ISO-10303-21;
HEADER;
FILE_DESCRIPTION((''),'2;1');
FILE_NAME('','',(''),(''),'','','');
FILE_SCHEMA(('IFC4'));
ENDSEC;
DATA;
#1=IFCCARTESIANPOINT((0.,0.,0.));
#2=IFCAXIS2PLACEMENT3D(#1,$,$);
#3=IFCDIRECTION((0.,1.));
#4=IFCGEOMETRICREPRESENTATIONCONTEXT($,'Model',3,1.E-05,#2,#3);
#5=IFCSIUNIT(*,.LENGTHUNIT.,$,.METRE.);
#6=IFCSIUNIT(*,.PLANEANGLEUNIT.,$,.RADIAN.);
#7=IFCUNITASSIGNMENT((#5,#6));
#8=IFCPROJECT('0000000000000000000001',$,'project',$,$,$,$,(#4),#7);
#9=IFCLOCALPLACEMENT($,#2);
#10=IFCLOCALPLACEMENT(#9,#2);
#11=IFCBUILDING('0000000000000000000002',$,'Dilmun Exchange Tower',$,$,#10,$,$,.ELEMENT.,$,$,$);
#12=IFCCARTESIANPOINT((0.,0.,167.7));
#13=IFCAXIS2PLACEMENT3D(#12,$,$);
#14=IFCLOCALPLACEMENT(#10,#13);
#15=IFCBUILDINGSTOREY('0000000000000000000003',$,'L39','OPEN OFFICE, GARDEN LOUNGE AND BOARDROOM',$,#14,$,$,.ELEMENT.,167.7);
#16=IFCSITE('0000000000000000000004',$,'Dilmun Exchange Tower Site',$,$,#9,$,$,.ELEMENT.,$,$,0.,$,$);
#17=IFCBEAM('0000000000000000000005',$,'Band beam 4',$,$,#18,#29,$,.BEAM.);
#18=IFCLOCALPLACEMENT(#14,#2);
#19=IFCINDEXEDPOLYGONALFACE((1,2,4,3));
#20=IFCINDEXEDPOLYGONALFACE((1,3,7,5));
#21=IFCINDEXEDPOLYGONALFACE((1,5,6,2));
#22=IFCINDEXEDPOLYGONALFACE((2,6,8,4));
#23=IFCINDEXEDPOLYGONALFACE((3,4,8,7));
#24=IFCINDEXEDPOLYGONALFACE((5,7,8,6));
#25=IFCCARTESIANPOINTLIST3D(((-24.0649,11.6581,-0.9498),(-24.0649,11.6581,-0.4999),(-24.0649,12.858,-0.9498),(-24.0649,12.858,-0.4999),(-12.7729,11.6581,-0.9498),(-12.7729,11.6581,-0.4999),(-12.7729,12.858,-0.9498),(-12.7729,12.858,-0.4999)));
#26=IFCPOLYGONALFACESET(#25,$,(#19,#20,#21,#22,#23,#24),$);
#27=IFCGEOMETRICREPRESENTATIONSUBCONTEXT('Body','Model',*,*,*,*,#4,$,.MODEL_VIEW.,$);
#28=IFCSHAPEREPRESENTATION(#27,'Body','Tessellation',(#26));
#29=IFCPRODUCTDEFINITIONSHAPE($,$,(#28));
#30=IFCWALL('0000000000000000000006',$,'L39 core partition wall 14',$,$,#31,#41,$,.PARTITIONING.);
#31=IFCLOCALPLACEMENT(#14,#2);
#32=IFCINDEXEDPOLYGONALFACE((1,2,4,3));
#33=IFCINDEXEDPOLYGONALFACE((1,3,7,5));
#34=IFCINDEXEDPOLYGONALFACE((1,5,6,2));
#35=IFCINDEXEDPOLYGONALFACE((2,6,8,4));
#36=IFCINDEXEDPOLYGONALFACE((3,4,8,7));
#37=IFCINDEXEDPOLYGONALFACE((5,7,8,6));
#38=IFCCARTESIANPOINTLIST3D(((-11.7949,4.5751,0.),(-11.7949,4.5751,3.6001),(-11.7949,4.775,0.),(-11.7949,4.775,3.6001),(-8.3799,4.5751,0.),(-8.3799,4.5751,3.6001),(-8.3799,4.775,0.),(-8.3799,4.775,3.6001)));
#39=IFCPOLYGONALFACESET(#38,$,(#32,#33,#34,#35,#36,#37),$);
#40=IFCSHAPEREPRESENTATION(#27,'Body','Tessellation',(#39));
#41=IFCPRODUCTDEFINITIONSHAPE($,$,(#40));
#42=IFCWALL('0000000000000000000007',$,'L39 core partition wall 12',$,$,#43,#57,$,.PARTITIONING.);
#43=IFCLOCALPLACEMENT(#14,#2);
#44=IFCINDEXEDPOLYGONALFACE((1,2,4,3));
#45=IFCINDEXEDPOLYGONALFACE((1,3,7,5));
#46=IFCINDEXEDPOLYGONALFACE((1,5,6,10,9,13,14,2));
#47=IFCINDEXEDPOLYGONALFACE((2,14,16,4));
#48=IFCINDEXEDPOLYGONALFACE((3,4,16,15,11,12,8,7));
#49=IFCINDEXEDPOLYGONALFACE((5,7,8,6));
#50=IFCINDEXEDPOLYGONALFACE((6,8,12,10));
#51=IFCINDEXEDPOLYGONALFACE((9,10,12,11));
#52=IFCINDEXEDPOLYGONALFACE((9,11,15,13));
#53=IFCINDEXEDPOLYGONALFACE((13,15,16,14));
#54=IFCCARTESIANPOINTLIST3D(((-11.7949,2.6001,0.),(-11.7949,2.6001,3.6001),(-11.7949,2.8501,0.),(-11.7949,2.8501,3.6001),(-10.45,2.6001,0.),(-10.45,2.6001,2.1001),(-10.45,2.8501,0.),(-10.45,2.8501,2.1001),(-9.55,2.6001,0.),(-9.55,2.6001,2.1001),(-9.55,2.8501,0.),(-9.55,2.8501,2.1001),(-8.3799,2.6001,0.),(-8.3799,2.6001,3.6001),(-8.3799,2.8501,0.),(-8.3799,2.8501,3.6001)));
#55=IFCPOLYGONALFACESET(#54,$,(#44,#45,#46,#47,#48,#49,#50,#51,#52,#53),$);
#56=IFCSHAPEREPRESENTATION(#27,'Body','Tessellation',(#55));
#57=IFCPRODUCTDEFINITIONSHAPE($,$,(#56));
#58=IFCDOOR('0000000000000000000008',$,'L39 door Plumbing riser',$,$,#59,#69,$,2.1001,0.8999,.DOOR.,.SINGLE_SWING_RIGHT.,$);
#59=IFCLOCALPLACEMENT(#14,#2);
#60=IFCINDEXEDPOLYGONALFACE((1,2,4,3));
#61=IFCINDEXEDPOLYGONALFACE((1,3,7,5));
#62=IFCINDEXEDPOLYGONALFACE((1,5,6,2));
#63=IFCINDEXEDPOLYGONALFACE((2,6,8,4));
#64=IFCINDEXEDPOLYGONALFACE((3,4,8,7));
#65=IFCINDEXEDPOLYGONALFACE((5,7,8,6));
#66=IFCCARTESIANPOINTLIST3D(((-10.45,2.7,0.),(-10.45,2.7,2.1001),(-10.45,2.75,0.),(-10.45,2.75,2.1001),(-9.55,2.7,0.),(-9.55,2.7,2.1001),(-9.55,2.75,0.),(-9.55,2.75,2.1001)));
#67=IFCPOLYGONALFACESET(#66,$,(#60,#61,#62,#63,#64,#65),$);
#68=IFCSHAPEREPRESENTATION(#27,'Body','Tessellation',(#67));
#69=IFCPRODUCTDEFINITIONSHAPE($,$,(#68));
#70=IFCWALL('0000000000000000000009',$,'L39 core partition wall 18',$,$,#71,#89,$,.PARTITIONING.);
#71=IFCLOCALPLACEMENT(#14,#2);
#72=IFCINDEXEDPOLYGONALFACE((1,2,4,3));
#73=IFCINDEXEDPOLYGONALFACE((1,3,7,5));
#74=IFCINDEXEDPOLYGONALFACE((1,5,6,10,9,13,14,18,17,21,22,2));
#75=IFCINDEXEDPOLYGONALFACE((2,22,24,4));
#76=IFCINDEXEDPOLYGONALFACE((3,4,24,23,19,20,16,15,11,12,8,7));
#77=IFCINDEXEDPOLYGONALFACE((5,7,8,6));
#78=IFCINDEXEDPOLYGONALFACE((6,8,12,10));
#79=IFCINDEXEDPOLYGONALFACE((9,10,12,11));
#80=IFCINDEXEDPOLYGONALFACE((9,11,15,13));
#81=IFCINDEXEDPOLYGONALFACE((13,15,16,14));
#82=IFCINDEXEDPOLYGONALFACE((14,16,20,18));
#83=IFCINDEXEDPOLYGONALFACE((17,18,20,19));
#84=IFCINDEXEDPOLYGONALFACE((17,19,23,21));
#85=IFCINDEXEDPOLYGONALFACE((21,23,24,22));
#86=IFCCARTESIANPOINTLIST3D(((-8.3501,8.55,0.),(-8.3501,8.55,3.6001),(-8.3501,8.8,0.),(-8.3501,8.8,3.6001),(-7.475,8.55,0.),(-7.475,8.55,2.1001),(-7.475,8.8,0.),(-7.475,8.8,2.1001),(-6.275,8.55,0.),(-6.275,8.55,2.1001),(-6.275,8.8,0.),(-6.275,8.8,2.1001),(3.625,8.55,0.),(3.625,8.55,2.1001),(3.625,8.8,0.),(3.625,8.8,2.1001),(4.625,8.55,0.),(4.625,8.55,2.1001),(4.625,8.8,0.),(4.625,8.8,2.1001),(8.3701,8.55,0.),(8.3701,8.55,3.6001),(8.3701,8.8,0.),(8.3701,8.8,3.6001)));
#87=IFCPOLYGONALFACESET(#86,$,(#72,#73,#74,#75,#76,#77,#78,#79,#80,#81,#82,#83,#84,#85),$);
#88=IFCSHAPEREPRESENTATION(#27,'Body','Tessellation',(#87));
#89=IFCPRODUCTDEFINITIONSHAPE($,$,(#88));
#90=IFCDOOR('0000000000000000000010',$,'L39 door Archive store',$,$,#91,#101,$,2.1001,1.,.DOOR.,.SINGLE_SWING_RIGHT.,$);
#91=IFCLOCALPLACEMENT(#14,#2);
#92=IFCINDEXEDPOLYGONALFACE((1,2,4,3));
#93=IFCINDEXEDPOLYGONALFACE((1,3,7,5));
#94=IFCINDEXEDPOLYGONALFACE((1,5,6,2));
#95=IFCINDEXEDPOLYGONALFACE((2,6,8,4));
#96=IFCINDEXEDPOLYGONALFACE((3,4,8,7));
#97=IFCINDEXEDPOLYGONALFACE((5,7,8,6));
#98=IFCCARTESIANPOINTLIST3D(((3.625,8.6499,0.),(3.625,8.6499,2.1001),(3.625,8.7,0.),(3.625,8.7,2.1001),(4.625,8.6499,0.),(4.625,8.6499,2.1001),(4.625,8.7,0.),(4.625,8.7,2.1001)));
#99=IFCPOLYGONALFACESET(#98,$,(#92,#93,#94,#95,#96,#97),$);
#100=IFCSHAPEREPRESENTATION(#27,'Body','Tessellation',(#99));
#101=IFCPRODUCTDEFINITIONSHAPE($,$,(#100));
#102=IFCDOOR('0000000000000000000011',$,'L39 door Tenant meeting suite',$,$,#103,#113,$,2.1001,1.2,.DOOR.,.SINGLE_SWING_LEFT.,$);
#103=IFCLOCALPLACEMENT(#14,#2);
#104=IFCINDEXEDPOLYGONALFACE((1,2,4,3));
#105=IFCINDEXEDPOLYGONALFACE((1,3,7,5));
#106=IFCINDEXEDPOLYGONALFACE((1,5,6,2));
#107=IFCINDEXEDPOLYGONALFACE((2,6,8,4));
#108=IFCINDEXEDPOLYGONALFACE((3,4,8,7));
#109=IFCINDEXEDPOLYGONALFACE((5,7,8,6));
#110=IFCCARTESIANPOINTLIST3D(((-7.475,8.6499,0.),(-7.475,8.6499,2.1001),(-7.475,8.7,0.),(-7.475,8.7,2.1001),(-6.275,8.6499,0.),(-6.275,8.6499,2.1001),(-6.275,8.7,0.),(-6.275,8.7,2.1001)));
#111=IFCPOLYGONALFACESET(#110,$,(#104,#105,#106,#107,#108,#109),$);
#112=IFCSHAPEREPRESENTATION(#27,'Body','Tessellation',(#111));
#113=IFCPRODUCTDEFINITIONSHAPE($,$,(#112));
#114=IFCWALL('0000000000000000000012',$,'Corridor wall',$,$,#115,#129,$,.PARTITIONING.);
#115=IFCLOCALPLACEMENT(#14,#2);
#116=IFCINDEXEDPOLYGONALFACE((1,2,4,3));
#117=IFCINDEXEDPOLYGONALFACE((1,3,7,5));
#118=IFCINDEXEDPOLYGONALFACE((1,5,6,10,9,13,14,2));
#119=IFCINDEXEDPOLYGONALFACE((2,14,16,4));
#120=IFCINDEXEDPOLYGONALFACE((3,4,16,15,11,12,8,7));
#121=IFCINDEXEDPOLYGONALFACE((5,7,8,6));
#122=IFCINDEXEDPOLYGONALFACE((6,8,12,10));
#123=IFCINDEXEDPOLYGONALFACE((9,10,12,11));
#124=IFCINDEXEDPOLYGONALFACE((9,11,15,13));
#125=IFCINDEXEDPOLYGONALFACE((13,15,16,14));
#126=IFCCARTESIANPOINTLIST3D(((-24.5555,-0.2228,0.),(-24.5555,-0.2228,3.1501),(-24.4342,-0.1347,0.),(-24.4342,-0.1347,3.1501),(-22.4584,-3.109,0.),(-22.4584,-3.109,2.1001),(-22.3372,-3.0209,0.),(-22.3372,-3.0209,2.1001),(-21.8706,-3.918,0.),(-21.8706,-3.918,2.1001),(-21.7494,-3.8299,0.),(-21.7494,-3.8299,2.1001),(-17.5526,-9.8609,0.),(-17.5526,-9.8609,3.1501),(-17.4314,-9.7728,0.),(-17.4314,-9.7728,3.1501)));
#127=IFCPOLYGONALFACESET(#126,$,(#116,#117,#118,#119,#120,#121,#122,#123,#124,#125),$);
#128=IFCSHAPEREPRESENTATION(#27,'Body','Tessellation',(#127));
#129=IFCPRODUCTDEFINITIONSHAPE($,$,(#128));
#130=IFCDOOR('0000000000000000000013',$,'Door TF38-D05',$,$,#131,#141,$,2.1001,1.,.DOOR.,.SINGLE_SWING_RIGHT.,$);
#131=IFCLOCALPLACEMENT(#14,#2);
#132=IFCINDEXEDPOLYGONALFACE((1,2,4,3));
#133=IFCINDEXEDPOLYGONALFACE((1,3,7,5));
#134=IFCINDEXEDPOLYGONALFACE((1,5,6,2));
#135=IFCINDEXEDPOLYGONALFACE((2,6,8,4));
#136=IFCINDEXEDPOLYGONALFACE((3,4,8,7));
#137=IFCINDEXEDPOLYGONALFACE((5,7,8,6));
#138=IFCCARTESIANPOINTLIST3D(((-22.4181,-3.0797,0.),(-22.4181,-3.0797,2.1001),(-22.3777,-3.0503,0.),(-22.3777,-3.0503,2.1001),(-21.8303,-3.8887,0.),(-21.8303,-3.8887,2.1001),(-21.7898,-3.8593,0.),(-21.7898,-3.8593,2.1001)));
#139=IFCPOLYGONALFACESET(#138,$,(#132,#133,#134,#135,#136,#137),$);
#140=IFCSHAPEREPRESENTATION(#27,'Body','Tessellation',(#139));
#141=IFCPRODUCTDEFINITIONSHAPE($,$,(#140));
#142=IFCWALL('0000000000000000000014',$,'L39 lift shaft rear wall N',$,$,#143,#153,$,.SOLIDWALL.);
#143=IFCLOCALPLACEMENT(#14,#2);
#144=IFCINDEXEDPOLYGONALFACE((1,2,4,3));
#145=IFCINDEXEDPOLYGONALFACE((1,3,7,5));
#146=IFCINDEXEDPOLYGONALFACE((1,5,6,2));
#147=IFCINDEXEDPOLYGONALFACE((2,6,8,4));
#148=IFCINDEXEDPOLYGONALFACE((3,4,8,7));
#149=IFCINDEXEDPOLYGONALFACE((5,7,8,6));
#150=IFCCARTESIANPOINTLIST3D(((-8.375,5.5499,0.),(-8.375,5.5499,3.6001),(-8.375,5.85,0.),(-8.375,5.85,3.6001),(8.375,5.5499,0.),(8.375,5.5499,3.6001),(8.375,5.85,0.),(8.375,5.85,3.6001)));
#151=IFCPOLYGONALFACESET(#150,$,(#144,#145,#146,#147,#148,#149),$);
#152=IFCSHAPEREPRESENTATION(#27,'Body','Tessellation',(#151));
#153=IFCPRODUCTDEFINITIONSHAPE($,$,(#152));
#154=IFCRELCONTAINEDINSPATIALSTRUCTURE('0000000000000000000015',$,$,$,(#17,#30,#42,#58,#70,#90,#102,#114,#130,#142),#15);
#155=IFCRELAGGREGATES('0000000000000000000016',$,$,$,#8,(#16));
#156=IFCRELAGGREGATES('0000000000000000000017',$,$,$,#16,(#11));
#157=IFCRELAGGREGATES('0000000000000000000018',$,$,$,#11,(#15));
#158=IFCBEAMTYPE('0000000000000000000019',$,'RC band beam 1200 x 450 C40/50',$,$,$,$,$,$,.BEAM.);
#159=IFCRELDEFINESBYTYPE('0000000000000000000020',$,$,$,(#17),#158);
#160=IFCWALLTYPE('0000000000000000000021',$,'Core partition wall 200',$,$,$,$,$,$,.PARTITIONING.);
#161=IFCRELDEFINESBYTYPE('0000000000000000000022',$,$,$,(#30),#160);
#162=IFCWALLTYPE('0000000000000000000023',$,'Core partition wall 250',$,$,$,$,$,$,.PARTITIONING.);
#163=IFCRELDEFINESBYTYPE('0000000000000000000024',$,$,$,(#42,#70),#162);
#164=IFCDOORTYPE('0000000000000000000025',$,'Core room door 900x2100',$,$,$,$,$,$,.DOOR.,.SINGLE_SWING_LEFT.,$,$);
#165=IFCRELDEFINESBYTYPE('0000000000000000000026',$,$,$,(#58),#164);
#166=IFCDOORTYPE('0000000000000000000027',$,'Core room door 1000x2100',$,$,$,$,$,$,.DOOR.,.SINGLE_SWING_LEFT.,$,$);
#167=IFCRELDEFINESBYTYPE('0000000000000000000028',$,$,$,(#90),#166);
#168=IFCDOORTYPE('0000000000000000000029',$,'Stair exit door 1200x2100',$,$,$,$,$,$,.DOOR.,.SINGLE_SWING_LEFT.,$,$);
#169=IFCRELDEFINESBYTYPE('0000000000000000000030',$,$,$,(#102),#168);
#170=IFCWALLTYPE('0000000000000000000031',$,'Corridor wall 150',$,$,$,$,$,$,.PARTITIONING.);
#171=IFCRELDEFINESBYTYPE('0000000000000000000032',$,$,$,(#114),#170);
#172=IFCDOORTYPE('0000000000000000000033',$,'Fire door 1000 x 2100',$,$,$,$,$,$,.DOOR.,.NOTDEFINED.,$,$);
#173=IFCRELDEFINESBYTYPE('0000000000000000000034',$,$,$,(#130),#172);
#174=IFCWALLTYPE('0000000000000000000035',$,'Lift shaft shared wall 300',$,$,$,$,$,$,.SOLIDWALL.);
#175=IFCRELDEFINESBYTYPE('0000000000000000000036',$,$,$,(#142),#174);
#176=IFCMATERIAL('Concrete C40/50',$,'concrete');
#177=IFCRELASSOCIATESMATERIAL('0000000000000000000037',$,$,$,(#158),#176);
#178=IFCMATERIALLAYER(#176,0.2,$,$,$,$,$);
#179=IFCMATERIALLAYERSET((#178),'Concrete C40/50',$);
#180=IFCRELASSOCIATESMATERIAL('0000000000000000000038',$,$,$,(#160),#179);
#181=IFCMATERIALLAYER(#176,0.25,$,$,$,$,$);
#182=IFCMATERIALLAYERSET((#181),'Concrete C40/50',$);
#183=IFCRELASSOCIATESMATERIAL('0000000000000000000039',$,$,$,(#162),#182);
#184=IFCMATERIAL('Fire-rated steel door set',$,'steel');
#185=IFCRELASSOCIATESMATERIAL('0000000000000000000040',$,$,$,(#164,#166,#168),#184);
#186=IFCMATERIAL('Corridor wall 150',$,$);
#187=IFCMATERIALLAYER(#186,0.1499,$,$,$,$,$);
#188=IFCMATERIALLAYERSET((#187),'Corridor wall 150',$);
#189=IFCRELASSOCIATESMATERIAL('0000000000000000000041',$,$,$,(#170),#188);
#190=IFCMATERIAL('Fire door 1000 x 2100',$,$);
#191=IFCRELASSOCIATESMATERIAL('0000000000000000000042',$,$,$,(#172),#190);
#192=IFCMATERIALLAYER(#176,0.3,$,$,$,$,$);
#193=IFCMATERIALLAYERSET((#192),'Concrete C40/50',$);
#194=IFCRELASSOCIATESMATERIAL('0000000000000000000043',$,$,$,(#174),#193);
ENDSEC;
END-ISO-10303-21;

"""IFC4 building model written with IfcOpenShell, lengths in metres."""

from ifc_helpers import new_model, si_unit, direction, frame, frame_2d, origin, origin_2d, place, context, subcontext, project, spatial, rectangle, extrude, material, layer, layer_set, material_profile, profile_set, type_object, element, fill, save


model = new_model("IFC4")

# Units and contexts
model_context = context("Model", 3, precision=1e-05, world=origin(), true_north=direction((0.0, 1.0)))
body_context = subcontext(model_context, "Body", "Model", "MODEL_VIEW")
ifc_project = project(units=[si_unit("LENGTHUNIT", "METRE"), si_unit("PLANEANGLEUNIT", "RADIAN")], contexts=[model_context])

# Site, building, storey
site_placement = place(None, origin())
site = spatial("IfcSite", under=ifc_project, at=site_placement, Name="Dilmun Exchange Tower Site", CompositionType="ELEMENT", RefElevation=0.0)
building_placement = place(site_placement, origin())
building = spatial("IfcBuilding", under=site, at=building_placement, Name="Dilmun Exchange Tower", CompositionType="ELEMENT")
storey_placement = place(building_placement, frame((0.0, 0.0, 167.7)))
storey = spatial("IfcBuildingStorey", under=building, at=storey_placement, Name="L39", Description="OPEN OFFICE, GARDEN LOUNGE AND BOARDROOM", CompositionType="ELEMENT", Elevation=167.7)

# Beam
ifc_material_1 = material(Name="Concrete C40/50", Category="concrete")
ifc_material_profile = material_profile(ifc_material_1, rectangle(XDim=1.2, YDim=0.45, at=origin_2d()), Name="1200 x 450")
ifc_profile_set = profile_set([ifc_material_profile], Name="Concrete C40/50")
beam_type = type_object("IfcBeamType", Name="RC band beam 1200 x 450 C40/50", PredefinedType="BEAM", material=ifc_profile_set)
beam_placement = place(storey_placement, frame((-24.0649, 12.2581, -0.7249), z_axis=(1.0, 0.0, 0.0), x_axis=(0.0, 1.0, 0.0)))
element("IfcBeam", 1, at=beam_placement, inside=storey, type_object=beam_type, Name="Band beam 4", PredefinedType="BEAM", context=body_context, shape_type="SweptSolid", body=[
    extrude(rectangle(XDim=1.2, YDim=0.45, at=origin_2d()), origin(), (0.0, 0.0, 1.0), 11.292),
])

# Wall
ifc_layer_1 = layer(ifc_material_1, 0.2)
ifc_layer_set_1 = layer_set([ifc_layer_1], Name="Concrete C40/50")
wall_type_1 = type_object("IfcWallType", Name="Core partition wall 200", PredefinedType="PARTITIONING", material=ifc_layer_set_1)
wall_1_placement = place(storey_placement, frame((-11.7949, 4.675, 0.0), z_axis=(0.0, 0.0, 1.0), x_axis=(1.0, 0.0, 0.0)))
element("IfcWall", 2, at=wall_1_placement, inside=storey, type_object=wall_type_1, Name="L39 core partition wall 14", PredefinedType="PARTITIONING", context=body_context, shape_type="SweptSolid", body=[
    extrude(rectangle(XDim=3.415, YDim=0.2, at=frame_2d((1.7075, 0.0))), origin(), (0.0, 0.0, 1.0), 3.6001),
])

# Wall, opening, door
ifc_layer_2 = layer(ifc_material_1, 0.25)
ifc_layer_set_2 = layer_set([ifc_layer_2], Name="Concrete C40/50")
wall_type_2 = type_object("IfcWallType", Name="Core partition wall 250", PredefinedType="PARTITIONING", material=ifc_layer_set_2)
wall_2_placement = place(storey_placement, frame((-11.7949, 2.7251, 0.0), z_axis=(0.0, 0.0, 1.0), x_axis=(1.0, 0.0, 0.0)))
wall_2 = element("IfcWall", 3, at=wall_2_placement, inside=storey, type_object=wall_type_2, Name="L39 core partition wall 12", PredefinedType="PARTITIONING", context=body_context, shape_type="SweptSolid", body=[
    extrude(rectangle(XDim=3.415, YDim=0.25, at=frame_2d((1.7075, 0.0))), origin(), (0.0, 0.0, 1.0), 3.6001),
])
opening_1_placement = place(wall_2_placement, frame((1.345, 0.0, 0.0)))
opening_1 = element("IfcOpeningElement", 4, at=opening_1_placement, cuts=wall_2, PredefinedType="OPENING", context=body_context, shape_type="SweptSolid", body=[
    extrude(rectangle(XDim=0.8999, YDim=2.1001, at=frame_2d((0.45, 1.05))), frame((0.0, 0.135, 0.0), z_axis=(0.0, -1.0, 0.0), x_axis=(1.0, 0.0, 0.0)), (0.0, 0.0, 1.0), 0.27),
])
ifc_material_2 = material(Name="Fire-rated steel door set", Category="steel")
door_type_1 = type_object("IfcDoorType", Name="Core room door 900x2100", OperationType="SINGLE_SWING_LEFT", PredefinedType="DOOR", material=ifc_material_2)
door_1_placement = place(opening_1_placement, origin())
door_1 = element("IfcDoor", 5, at=door_1_placement, inside=storey, type_object=door_type_1, Name="L39 door Plumbing riser", OperationType="SINGLE_SWING_RIGHT", OverallHeight=2.1001, OverallWidth=0.8999, PredefinedType="DOOR", context=body_context, shape_type="SweptSolid", body=[
    extrude(rectangle(XDim=0.8999, YDim=2.1001, at=frame_2d((0.45, 1.05))), frame((0.0, 0.0249, 0.0), z_axis=(0.0, -1.0, 0.0), x_axis=(1.0, 0.0, 0.0)), (0.0, 0.0, 1.0), 0.05),
])
fill(opening_1, door_1)

# Wall, openings, doors
wall_3_placement = place(storey_placement, frame((-8.3501, 8.675, 0.0), z_axis=(0.0, 0.0, 1.0), x_axis=(1.0, 0.0, 0.0)))
wall_3 = element("IfcWall", 6, at=wall_3_placement, inside=storey, type_object=wall_type_2, Name="L39 core partition wall 18", PredefinedType="PARTITIONING", context=body_context, shape_type="SweptSolid", body=[
    extrude(rectangle(XDim=16.7202, YDim=0.25, at=frame_2d((8.3601, 0.0))), origin(), (0.0, 0.0, 1.0), 3.6001),
])
opening_2_placement = place(wall_3_placement, frame((0.875, 0.0, 0.0)))
opening_2 = element("IfcOpeningElement", 7, at=opening_2_placement, cuts=wall_3, PredefinedType="OPENING", context=body_context, shape_type="SweptSolid", body=[
    extrude(rectangle(XDim=1.2, YDim=2.1001, at=frame_2d((0.6001, 1.05))), frame((0.0, 0.135, 0.0), z_axis=(0.0, -1.0, 0.0), x_axis=(1.0, 0.0, 0.0)), (0.0, 0.0, 1.0), 0.27),
])
opening_3_placement = place(wall_3_placement, frame((11.9751, 0.0, 0.0)))
opening_3 = element("IfcOpeningElement", 8, at=opening_3_placement, cuts=wall_3, PredefinedType="OPENING", context=body_context, shape_type="SweptSolid", body=[
    extrude(rectangle(XDim=1.0, YDim=2.1001, at=frame_2d((0.5, 1.05))), frame((0.0, 0.135, 0.0), z_axis=(0.0, -1.0, 0.0), x_axis=(1.0, 0.0, 0.0)), (0.0, 0.0, 1.0), 0.27),
])
door_type_2 = type_object("IfcDoorType", Name="Core room door 1000x2100", OperationType="SINGLE_SWING_LEFT", PredefinedType="DOOR", material=ifc_material_2)
door_2_placement = place(opening_3_placement, origin())
door_2 = element("IfcDoor", 9, at=door_2_placement, inside=storey, type_object=door_type_2, Name="L39 door Archive store", OperationType="SINGLE_SWING_RIGHT", OverallHeight=2.1001, OverallWidth=1.0, PredefinedType="DOOR", context=body_context, shape_type="SweptSolid", body=[
    extrude(rectangle(XDim=1.0, YDim=2.1001, at=frame_2d((0.5, 1.05))), frame((0.0, 0.0249, 0.0), z_axis=(0.0, -1.0, 0.0), x_axis=(1.0, 0.0, 0.0)), (0.0, 0.0, 1.0), 0.05),
])
fill(opening_3, door_2)
door_type_3 = type_object("IfcDoorType", Name="Stair exit door 1200x2100", OperationType="SINGLE_SWING_LEFT", PredefinedType="DOOR", material=ifc_material_2)
door_3_placement = place(opening_2_placement, origin())
door_3 = element("IfcDoor", 10, at=door_3_placement, inside=storey, type_object=door_type_3, Name="L39 door Tenant meeting suite", OperationType="SINGLE_SWING_LEFT", OverallHeight=2.1001, OverallWidth=1.2, PredefinedType="DOOR", context=body_context, shape_type="SweptSolid", body=[
    extrude(rectangle(XDim=1.2, YDim=2.1001, at=frame_2d((0.6001, 1.05))), frame((0.0, 0.0249, 0.0), z_axis=(0.0, -1.0, 0.0), x_axis=(1.0, 0.0, 0.0)), (0.0, 0.0, 1.0), 0.05),
])
fill(opening_2, door_3)

# Wall, opening, door
ifc_material_3 = material(Name="Corridor wall 150")
ifc_layer_3 = layer(ifc_material_3, 0.1499)
ifc_layer_set_3 = layer_set([ifc_layer_3], Name="Corridor wall 150")
wall_type_3 = type_object("IfcWallType", Name="Corridor wall 150", PredefinedType="PARTITIONING", material=ifc_layer_set_3)
wall_4_placement = place(storey_placement, frame((-24.4949, -0.1787, 0.0), z_axis=(0.0, 0.0, 1.0), x_axis=(0.587806, -0.809002, 0.0)))
wall_4 = element("IfcWall", 11, at=wall_4_placement, inside=storey, type_object=wall_type_3, Name="Corridor wall", PredefinedType="PARTITIONING", context=body_context, shape_type="SweptSolid", body=[
    extrude(rectangle(XDim=11.9136, YDim=0.1499, at=frame_2d((5.9568, 0.0))), origin(), (0.0, 0.0, 1.0), 3.1501),
])
opening_4_placement = place(wall_4_placement, frame((3.5676, 0.0, 0.0)))
opening_4 = element("IfcOpeningElement", 12, at=opening_4_placement, cuts=wall_4, PredefinedType="OPENING", context=body_context, shape_type="SweptSolid", body=[
    extrude(rectangle(XDim=1.0, YDim=2.1001, at=frame_2d((0.5, 1.05))), frame((0.0, 0.085, 0.0), z_axis=(0.0, -1.0, 0.0), x_axis=(1.0, 0.0, 0.0)), (0.0, 0.0, 1.0), 0.1699),
])
ifc_material_4 = material(Name="Fire door 1000 x 2100")
door_type_4 = type_object("IfcDoorType", Name="Fire door 1000 x 2100", OperationType="NOTDEFINED", PredefinedType="DOOR", material=ifc_material_4)
door_4_placement = place(opening_4_placement, origin())
door_4 = element("IfcDoor", 13, at=door_4_placement, inside=storey, type_object=door_type_4, Name="Door TF38-D05", OperationType="SINGLE_SWING_RIGHT", OverallHeight=2.1001, OverallWidth=1.0, PredefinedType="DOOR", context=body_context, shape_type="SweptSolid", body=[
    extrude(rectangle(XDim=1.0, YDim=2.1001, at=frame_2d((0.5, 1.05))), frame((0.0, 0.0249, 0.0), z_axis=(0.0, -1.0, 0.0), x_axis=(1.0, 0.0, 0.0)), (0.0, 0.0, 1.0), 0.05),
])
fill(opening_4, door_4)

# Wall
ifc_layer_4 = layer(ifc_material_1, 0.3)
ifc_layer_set_4 = layer_set([ifc_layer_4], Name="Concrete C40/50")
wall_type_4 = type_object("IfcWallType", Name="Lift shaft shared wall 300", PredefinedType="SOLIDWALL", material=ifc_layer_set_4)
wall_5_placement = place(storey_placement, frame((-8.375, 5.7, 0.0), z_axis=(0.0, 0.0, 1.0), x_axis=(1.0, 0.0, 0.0)))
element("IfcWall", 14, at=wall_5_placement, inside=storey, type_object=wall_type_4, Name="L39 lift shaft rear wall N", PredefinedType="SOLIDWALL", context=body_context, shape_type="SweptSolid", body=[
    extrude(rectangle(XDim=16.75, YDim=0.3, at=frame_2d((8.375, 0.0))), origin(), (0.0, 0.0, 1.0), 3.6001),
])

save(model, "model.ifc")
